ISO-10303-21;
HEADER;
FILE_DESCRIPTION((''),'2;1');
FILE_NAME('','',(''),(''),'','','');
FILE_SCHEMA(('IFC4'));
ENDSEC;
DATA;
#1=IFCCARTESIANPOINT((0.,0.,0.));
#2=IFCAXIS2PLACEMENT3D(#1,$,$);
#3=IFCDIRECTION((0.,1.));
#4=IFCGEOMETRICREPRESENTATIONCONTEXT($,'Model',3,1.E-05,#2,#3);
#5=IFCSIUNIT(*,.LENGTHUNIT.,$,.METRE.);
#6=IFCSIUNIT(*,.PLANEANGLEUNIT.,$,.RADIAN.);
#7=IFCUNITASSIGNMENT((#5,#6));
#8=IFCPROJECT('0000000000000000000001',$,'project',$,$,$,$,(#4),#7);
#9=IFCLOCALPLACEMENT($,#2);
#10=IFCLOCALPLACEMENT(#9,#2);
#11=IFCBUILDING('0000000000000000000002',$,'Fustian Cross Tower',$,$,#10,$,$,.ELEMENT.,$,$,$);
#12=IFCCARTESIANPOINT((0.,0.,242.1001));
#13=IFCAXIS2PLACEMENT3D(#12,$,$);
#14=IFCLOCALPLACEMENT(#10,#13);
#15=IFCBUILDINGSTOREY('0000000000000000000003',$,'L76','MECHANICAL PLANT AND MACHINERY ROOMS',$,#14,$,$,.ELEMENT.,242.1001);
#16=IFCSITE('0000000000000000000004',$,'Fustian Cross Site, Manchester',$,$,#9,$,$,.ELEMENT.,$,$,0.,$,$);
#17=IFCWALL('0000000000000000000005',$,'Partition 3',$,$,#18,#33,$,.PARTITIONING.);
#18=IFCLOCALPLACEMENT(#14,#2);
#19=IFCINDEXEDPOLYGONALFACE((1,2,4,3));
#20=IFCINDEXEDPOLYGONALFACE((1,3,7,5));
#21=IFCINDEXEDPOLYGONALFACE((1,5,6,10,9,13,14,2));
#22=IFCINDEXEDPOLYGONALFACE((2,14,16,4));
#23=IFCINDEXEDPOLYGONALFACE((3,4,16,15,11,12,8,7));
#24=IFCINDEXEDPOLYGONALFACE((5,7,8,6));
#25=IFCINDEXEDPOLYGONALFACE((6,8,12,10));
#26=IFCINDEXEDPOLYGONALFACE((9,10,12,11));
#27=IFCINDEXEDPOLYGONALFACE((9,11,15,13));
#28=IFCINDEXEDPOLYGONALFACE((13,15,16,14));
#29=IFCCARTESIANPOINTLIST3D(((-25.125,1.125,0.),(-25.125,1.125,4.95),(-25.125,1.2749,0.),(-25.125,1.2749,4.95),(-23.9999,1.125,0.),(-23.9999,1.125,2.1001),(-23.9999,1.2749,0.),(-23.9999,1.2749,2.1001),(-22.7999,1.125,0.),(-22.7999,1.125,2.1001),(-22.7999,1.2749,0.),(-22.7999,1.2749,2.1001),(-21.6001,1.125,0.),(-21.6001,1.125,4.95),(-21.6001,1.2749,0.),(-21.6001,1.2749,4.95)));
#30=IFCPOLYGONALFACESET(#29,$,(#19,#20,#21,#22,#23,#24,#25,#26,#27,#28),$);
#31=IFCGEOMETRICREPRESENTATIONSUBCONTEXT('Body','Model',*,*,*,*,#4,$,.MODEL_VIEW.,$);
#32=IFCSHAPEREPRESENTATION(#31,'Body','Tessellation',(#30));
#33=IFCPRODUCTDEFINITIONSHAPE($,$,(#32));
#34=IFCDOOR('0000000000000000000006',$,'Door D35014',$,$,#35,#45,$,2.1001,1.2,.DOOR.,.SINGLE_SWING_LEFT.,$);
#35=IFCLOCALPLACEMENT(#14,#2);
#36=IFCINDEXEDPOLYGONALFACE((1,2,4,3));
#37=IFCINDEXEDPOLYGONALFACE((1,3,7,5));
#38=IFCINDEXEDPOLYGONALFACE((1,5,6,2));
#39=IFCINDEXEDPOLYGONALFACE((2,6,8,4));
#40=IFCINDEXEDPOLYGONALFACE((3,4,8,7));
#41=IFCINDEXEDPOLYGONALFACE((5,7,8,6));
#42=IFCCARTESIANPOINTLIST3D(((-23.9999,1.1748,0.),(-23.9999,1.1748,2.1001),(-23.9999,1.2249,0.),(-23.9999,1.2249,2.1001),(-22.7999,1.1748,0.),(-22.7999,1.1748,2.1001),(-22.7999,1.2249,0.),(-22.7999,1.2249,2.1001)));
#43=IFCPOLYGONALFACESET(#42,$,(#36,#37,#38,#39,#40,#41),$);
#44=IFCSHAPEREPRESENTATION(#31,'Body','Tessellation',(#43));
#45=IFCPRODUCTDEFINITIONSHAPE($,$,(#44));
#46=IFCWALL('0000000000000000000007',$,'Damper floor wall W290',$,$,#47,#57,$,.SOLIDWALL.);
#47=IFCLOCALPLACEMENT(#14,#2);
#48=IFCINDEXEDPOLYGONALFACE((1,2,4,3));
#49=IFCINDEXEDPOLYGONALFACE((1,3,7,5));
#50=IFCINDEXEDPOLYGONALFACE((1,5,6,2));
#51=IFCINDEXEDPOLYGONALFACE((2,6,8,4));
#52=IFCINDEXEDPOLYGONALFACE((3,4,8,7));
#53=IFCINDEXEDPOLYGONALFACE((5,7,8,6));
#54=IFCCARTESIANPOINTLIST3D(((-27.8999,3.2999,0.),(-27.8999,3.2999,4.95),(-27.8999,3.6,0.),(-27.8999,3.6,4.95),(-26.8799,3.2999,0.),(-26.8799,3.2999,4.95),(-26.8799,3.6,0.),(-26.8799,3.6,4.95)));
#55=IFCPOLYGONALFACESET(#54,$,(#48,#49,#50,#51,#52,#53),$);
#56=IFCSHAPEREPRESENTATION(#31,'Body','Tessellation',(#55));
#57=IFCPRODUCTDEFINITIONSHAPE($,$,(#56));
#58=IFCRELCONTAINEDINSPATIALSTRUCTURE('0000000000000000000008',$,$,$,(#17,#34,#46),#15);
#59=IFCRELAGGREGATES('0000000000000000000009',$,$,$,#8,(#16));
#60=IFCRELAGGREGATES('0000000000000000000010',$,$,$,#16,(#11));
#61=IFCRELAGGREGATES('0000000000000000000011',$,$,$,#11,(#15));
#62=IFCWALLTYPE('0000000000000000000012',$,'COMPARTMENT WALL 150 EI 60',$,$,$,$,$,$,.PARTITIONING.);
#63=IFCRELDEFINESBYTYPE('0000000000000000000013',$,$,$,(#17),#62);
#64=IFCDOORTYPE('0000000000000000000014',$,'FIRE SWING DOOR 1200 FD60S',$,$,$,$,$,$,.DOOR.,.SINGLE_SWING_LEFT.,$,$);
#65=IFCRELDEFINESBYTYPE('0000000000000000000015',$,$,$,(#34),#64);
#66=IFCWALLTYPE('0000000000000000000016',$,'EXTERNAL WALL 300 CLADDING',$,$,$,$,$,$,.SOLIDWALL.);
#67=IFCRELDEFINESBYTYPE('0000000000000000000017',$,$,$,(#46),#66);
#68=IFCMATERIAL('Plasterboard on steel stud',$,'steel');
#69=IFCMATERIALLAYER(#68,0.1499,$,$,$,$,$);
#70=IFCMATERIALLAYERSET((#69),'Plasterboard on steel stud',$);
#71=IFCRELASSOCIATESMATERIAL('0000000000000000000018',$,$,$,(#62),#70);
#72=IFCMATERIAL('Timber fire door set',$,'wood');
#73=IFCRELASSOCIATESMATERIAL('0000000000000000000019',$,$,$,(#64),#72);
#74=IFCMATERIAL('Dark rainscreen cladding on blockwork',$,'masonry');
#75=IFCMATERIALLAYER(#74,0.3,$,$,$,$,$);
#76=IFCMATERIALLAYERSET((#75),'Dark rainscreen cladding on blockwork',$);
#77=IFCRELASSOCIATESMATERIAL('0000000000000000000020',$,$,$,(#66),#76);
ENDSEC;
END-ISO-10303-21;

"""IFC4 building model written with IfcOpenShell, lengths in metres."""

from ifc_helpers import new_model, si_unit, direction, frame, frame_2d, origin, place, context, subcontext, project, spatial, rectangle, extrude, material, layer, layer_set, type_object, element, fill, save


model = new_model("IFC4")

# Units and contexts
model_context = context("Model", 3, precision=1e-05, world=origin(), true_north=direction((0.0, 1.0)))
body_context = subcontext(model_context, "Body", "Model", "MODEL_VIEW")
ifc_project = project(units=[si_unit("LENGTHUNIT", "METRE"), si_unit("PLANEANGLEUNIT", "RADIAN")], contexts=[model_context])

# Site, building, storey
site_placement = place(None, origin())
site = spatial("IfcSite", under=ifc_project, at=site_placement, Name="Fustian Cross Site, Manchester", CompositionType="ELEMENT", RefElevation=0.0)
building_placement = place(site_placement, origin())
building = spatial("IfcBuilding", under=site, at=building_placement, Name="Fustian Cross Tower", CompositionType="ELEMENT")
storey_placement = place(building_placement, frame((0.0, 0.0, 242.1001)))
storey = spatial("IfcBuildingStorey", under=building, at=storey_placement, Name="L76", Description="MECHANICAL PLANT AND MACHINERY ROOMS", CompositionType="ELEMENT", Elevation=242.1001)

# Wall, opening, door
ifc_material_1 = material(Name="Plasterboard on steel stud", Category="steel")
ifc_layer_1 = layer(ifc_material_1, 0.1499)
ifc_layer_set_1 = layer_set([ifc_layer_1], Name="Plasterboard on steel stud")
wall_type_1 = type_object("IfcWallType", Name="COMPARTMENT WALL 150 EI 60", PredefinedType="PARTITIONING", material=ifc_layer_set_1)
wall_1_placement = place(storey_placement, frame((-25.125, 1.2, 0.0), z_axis=(0.0, 0.0, 1.0), x_axis=(1.0, 0.0, 0.0)))
wall_1 = element("IfcWall", 1, at=wall_1_placement, inside=storey, type_object=wall_type_1, Name="Partition 3", PredefinedType="PARTITIONING", context=body_context, shape_type="SweptSolid", body=[
    extrude(rectangle(XDim=3.5249, YDim=0.1499, at=frame_2d((1.7625, 0.0))), origin(), (0.0, 0.0, 1.0), 4.95),
])
opening_placement = place(wall_1_placement, frame((1.125, 0.0, 0.0)))
opening = element("IfcOpeningElement", 2, at=opening_placement, cuts=wall_1, PredefinedType="OPENING", context=body_context, shape_type="SweptSolid", body=[
    extrude(rectangle(XDim=1.2, YDim=2.1001, at=frame_2d((0.6001, 1.05))), frame((0.0, 0.085, 0.0), z_axis=(0.0, -1.0, 0.0), x_axis=(1.0, 0.0, 0.0)), (0.0, 0.0, 1.0), 0.1699),
])
ifc_material_2 = material(Name="Timber fire door set", Category="wood")
door_type = type_object("IfcDoorType", Name="FIRE SWING DOOR 1200 FD60S", OperationType="SINGLE_SWING_LEFT", PredefinedType="DOOR", material=ifc_material_2)
door_placement = place(opening_placement, origin())
door = element("IfcDoor", 3, at=door_placement, inside=storey, type_object=door_type, Name="Door D35014", OperationType="SINGLE_SWING_LEFT", OverallHeight=2.1001, OverallWidth=1.2, PredefinedType="DOOR", context=body_context, shape_type="SweptSolid", body=[
    extrude(rectangle(XDim=1.2, YDim=2.1001, at=frame_2d((0.6001, 1.05))), frame((0.0, 0.0249, 0.0), z_axis=(0.0, -1.0, 0.0), x_axis=(1.0, 0.0, 0.0)), (0.0, 0.0, 1.0), 0.05),
])
fill(opening, door)

# Wall
ifc_material_3 = material(Name="Dark rainscreen cladding on blockwork", Category="masonry")
ifc_layer_2 = layer(ifc_material_3, 0.3)
ifc_layer_set_2 = layer_set([ifc_layer_2], Name="Dark rainscreen cladding on blockwork")
wall_type_2 = type_object("IfcWallType", Name="EXTERNAL WALL 300 CLADDING", PredefinedType="SOLIDWALL", material=ifc_layer_set_2)
wall_2_placement = place(storey_placement, frame((-26.8799, 3.45, 0.0), z_axis=(0.0, 0.0, 1.0), x_axis=(-1.0, 0.0, 0.0)))
element("IfcWall", 4, at=wall_2_placement, inside=storey, type_object=wall_type_2, Name="Damper floor wall W290", PredefinedType="SOLIDWALL", context=body_context, shape_type="SweptSolid", body=[
    extrude(rectangle(XDim=1.02, YDim=0.3, at=frame_2d((0.51, 0.0))), origin(), (0.0, 0.0, 1.0), 4.95),
])

save(model, "model.ifc")
